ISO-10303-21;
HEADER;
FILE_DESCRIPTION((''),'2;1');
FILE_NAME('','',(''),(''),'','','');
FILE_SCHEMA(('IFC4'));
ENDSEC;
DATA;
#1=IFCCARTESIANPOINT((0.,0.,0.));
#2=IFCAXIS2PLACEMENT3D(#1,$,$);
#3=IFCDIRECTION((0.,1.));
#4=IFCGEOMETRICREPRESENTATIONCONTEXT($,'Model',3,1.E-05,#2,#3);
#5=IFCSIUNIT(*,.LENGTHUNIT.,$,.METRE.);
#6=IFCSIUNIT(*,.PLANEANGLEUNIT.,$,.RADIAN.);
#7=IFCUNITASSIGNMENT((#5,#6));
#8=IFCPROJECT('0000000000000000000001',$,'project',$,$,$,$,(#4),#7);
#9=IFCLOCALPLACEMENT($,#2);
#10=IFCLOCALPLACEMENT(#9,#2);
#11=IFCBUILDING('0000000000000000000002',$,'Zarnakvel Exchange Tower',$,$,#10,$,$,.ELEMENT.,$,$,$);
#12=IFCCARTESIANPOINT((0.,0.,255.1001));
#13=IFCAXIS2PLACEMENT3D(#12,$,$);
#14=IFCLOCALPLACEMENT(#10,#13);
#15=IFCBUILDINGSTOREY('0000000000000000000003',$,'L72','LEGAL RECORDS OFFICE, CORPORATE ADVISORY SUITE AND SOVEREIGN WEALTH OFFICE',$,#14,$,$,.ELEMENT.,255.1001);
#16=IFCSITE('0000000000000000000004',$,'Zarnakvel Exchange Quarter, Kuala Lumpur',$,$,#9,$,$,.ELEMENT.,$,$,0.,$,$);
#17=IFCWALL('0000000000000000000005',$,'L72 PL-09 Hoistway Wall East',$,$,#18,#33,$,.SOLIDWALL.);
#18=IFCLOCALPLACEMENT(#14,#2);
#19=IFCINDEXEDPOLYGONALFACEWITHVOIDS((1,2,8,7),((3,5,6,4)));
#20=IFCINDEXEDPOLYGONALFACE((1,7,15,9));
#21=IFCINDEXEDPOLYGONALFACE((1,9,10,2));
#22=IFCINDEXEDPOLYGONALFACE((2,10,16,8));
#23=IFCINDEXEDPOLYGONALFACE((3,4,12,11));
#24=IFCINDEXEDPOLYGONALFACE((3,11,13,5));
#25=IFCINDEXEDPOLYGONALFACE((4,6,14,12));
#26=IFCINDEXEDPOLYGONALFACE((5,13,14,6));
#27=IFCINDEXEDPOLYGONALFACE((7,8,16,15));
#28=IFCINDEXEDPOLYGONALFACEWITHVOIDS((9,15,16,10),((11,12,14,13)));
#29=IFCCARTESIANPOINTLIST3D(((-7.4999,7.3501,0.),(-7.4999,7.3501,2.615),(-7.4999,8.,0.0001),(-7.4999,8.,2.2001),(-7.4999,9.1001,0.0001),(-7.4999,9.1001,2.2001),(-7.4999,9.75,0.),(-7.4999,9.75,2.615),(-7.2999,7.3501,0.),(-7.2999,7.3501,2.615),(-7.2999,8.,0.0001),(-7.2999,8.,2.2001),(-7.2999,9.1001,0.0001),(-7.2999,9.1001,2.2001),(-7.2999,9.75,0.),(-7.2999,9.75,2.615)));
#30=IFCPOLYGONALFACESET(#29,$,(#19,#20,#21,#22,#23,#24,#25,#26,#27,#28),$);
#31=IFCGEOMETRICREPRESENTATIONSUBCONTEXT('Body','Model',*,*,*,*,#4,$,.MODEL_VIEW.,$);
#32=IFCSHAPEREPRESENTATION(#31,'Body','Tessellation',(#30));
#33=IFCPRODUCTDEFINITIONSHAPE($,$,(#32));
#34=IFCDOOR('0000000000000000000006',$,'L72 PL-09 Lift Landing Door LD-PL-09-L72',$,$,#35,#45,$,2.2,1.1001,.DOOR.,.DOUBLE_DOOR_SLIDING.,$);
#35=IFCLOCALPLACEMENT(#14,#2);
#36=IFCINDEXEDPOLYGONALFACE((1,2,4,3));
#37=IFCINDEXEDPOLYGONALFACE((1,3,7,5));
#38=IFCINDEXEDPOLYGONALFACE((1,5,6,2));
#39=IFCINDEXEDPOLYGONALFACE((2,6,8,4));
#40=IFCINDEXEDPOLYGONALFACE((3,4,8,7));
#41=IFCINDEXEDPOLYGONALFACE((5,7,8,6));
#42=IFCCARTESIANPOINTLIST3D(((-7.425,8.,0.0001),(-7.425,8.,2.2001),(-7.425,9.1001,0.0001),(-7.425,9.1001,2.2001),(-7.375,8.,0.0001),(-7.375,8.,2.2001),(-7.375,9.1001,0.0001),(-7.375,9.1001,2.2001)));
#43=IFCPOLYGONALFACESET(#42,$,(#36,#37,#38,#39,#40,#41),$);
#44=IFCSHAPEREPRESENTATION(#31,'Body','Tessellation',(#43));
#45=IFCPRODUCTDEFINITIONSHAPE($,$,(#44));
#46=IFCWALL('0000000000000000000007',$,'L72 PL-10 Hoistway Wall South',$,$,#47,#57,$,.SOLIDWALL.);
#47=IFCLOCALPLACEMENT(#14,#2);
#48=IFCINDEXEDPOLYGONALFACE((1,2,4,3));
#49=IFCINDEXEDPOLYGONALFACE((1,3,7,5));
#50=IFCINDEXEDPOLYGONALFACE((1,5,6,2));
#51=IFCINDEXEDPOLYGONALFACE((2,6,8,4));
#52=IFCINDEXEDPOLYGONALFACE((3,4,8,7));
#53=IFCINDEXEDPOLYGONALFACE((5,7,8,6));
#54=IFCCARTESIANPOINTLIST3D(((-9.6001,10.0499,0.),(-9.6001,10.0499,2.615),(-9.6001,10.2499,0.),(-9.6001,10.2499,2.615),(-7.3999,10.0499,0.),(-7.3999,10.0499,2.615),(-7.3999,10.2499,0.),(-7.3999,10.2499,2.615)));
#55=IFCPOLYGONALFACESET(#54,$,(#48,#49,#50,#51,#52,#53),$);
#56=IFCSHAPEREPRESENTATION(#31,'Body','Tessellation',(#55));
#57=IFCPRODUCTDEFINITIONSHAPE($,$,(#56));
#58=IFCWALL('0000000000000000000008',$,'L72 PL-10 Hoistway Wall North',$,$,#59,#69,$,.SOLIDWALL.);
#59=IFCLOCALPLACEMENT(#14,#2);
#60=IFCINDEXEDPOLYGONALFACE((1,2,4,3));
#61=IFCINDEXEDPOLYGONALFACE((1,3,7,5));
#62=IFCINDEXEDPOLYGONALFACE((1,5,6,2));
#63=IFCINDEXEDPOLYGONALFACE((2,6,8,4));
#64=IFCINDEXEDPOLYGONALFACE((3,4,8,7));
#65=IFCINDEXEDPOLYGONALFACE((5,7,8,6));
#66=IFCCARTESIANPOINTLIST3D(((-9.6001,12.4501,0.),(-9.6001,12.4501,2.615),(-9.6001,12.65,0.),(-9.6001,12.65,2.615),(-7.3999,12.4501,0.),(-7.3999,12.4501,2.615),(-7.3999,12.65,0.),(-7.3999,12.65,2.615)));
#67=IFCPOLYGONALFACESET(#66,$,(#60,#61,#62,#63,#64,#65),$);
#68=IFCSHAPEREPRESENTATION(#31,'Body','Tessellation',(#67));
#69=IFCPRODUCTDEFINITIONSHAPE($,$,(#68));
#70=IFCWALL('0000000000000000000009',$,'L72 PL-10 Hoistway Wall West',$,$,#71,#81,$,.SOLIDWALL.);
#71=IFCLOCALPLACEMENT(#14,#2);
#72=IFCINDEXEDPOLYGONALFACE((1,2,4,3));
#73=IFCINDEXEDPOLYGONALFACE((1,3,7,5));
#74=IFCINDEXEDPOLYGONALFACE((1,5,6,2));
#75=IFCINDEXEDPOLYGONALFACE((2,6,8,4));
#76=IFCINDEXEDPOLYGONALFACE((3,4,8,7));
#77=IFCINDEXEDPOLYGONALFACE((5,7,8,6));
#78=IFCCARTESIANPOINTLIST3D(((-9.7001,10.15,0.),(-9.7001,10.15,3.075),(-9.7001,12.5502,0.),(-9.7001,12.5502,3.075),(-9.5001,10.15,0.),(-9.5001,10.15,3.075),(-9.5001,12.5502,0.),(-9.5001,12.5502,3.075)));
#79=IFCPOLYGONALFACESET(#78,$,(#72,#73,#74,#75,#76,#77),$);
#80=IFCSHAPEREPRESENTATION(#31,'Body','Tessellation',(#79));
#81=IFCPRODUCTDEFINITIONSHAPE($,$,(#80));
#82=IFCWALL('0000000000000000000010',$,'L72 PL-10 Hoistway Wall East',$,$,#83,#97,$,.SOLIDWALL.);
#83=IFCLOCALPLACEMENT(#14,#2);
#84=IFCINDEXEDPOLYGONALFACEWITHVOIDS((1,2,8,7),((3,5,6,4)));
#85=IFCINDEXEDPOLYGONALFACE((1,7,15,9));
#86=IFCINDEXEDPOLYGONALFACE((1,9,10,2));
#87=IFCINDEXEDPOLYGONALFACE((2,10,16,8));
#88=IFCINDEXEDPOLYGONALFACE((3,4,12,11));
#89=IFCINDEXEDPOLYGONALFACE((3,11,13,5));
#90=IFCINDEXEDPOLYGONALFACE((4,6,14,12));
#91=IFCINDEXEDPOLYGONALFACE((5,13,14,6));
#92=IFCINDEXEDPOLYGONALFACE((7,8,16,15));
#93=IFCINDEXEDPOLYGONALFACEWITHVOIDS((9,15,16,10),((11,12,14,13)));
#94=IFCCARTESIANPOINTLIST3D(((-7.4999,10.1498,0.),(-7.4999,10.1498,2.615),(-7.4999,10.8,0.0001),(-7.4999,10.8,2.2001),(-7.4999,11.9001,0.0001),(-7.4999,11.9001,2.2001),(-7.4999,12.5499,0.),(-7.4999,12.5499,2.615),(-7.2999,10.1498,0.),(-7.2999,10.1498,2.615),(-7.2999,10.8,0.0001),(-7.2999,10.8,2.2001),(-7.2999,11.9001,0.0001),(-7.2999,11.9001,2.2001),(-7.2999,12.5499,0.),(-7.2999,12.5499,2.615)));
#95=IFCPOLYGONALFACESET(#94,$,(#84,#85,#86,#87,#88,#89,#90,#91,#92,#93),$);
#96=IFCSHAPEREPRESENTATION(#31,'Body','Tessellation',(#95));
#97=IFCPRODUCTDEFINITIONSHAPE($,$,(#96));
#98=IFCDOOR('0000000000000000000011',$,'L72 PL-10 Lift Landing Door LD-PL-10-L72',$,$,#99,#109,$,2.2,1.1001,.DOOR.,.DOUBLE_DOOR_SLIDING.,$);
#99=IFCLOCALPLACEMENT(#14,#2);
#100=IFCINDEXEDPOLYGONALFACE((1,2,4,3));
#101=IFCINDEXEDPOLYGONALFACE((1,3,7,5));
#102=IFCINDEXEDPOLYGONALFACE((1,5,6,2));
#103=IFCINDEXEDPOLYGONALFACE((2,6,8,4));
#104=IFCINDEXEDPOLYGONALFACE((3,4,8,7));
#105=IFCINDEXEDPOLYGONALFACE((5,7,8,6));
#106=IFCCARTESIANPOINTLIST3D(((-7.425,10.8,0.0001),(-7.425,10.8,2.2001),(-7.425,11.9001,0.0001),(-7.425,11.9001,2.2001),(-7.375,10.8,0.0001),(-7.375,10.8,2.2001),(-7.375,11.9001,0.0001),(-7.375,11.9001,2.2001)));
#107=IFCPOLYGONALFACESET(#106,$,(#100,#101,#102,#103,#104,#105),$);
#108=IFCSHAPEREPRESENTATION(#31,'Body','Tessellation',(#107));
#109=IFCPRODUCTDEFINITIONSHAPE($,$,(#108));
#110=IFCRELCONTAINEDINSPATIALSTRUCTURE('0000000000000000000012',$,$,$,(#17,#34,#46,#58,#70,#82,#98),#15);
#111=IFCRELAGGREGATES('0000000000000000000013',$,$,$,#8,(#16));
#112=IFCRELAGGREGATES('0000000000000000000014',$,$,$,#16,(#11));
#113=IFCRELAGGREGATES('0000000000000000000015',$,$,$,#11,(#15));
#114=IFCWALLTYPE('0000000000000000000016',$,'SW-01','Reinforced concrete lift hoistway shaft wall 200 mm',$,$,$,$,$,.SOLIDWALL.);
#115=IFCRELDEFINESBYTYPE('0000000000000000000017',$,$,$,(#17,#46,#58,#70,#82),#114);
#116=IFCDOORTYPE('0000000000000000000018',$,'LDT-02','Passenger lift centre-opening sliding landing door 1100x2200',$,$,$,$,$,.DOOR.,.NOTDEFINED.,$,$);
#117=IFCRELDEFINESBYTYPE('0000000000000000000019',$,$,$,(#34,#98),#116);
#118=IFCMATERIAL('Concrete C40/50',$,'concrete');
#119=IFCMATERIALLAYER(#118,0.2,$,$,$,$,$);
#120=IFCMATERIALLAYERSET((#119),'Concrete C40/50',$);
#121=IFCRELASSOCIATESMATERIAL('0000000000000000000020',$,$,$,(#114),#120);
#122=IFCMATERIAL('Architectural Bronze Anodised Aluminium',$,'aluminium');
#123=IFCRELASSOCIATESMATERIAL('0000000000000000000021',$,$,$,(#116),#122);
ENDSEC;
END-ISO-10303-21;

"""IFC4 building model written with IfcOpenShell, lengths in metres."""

from ifc_helpers import new_model, si_unit, direction, frame, frame_2d, origin, place, context, subcontext, project, spatial, rectangle, extrude, source, transform, mapped, material, layer, layer_set, type_object, element, fill, save


model = new_model("IFC4")

# Units and contexts
model_context = context("Model", 3, precision=1e-05, world=origin(), true_north=direction((0.0, 1.0)))
body_context = subcontext(model_context, "Body", "Model", "MODEL_VIEW")
ifc_project = project(units=[si_unit("LENGTHUNIT", "METRE"), si_unit("PLANEANGLEUNIT", "RADIAN")], contexts=[model_context])

# Site, building, storey
site_placement = place(None, origin())
site = spatial("IfcSite", under=ifc_project, at=site_placement, Name="Zarnakvel Exchange Quarter, Kuala Lumpur", CompositionType="ELEMENT", RefElevation=0.0)
building_placement = place(site_placement, origin())
building = spatial("IfcBuilding", under=site, at=building_placement, Name="Zarnakvel Exchange Tower", CompositionType="ELEMENT")
storey_placement = place(building_placement, frame((0.0, 0.0, 255.1001)))
storey = spatial("IfcBuildingStorey", under=building, at=storey_placement, Name="L72", Description="LEGAL RECORDS OFFICE, CORPORATE ADVISORY SUITE AND SOVEREIGN WEALTH OFFICE", CompositionType="ELEMENT", Elevation=255.1001)

# Shared definitions
ifc_material_1 = material(Name="Architectural Bronze Anodised Aluminium", Category="aluminium")

# Shared definitions
ifc_material_2 = material(Name="Concrete C40/50", Category="concrete")
ifc_layer_1 = layer(ifc_material_2, 0.2)
ifc_layer_set_1 = layer_set([ifc_layer_1], Name="Concrete C40/50")
wall_type_1 = type_object("IfcWallType", Name="SW-01", Description="Reinforced concrete lift hoistway shaft wall 200 mm", PredefinedType="SOLIDWALL", material=ifc_layer_set_1)

# Wall, opening, door
wall_1_placement = place(storey_placement, frame((-7.3999, 9.75, 0.0), z_axis=(0.0, 0.0, 1.0), x_axis=(0.0, -1.0, 0.0)))
wall_1 = element("IfcWall", 1, at=wall_1_placement, inside=storey, type_object=wall_type_1, Name="L72 PL-09 Hoistway Wall East", PredefinedType="SOLIDWALL", context=body_context, shape_type="SweptSolid", body=[
    extrude(rectangle(XDim=2.3999, YDim=0.2, at=frame_2d((1.2, 0.0))), origin(), (0.0, 0.0, 1.0), 2.615),
])
opening_1_placement = place(wall_1_placement, frame((0.6499, 0.0, 0.0)))
opening_1 = element("IfcOpeningElement", 2, at=opening_1_placement, cuts=wall_1, PredefinedType="OPENING", context=body_context, shape_type="SweptSolid", body=[
    extrude(rectangle(XDim=1.1001, YDim=2.2, at=frame_2d((0.55, 1.1001))), frame((0.0, 0.1099, 0.0), z_axis=(0.0, -1.0, 0.0), x_axis=(1.0, 0.0, 0.0)), (0.0, 0.0, 1.0), 0.22),
])
door_type = type_object("IfcDoorType", Name="LDT-02", Description="Passenger lift centre-opening sliding landing door 1100x2200", OperationType="NOTDEFINED", PredefinedType="DOOR", material=ifc_material_1)
shared_shape_1 = source(origin(), body_context, "Body", "SweptSolid", [
    extrude(rectangle(XDim=1.1001, YDim=2.2, at=frame_2d((0.55, 1.1001))), frame((0.0, 0.0249, 0.0), z_axis=(0.0, -1.0, 0.0), x_axis=(1.0, 0.0, 0.0)), (0.0, 0.0, 1.0), 0.05),
])
door_1_placement = place(opening_1_placement, origin())
door_1 = element("IfcDoor", 3, at=door_1_placement, inside=storey, type_object=door_type, Name="L72 PL-09 Lift Landing Door LD-PL-09-L72", OperationType="DOUBLE_DOOR_SLIDING", OverallHeight=2.2, OverallWidth=1.1001, PredefinedType="DOOR", context=body_context, shape_type="MappedRepresentation", body=[
    mapped(shared_shape_1, transform((0.0, 0.0, 0.0), x_axis=(1.0, 0.0, 0.0), y_axis=(0.0, 1.0, 0.0), z_axis=(0.0, 0.0, 1.0), scale=1.0)),
])
fill(opening_1, door_1)

# Walls
for number, where, z_axis, x_axis, name in (
    (4, (-7.3999, 10.1499, 0.0), (0.0, 0.0, 1.0), (-1.0, 0.0, 0.0), "L72 PL-10 Hoistway Wall South"),
    (5, (-9.6001, 12.55, 0.0), (0.0, 0.0, 1.0), (1.0, 0.0, 0.0), "L72 PL-10 Hoistway Wall North"),
):
    element("IfcWall", number, at=place(storey_placement, frame(where, z_axis=z_axis, x_axis=x_axis)), inside=storey, type_object=wall_type_1, Name=name, PredefinedType="SOLIDWALL", context=body_context, shape_type="SweptSolid", body=[
        extrude(rectangle(XDim=2.2002, YDim=0.2, at=frame_2d((1.1001, 0.0))), origin(), (0.0, 0.0, 1.0), 2.615),
    ])
wall_2_placement = place(storey_placement, frame((-9.6001, 10.1499, 0.0), z_axis=(0.0, 0.0, 1.0), x_axis=(0.0, 1.0, 0.0)))
element("IfcWall", 6, at=wall_2_placement, inside=storey, type_object=wall_type_1, Name="L72 PL-10 Hoistway Wall West", PredefinedType="SOLIDWALL", context=body_context, shape_type="SweptSolid", body=[
    extrude(rectangle(XDim=2.4001, YDim=0.2, at=frame_2d((1.2002, 0.0))), origin(), (0.0, 0.0, 1.0), 3.075),
])

# Wall, opening, door
wall_3_placement = place(storey_placement, frame((-7.3999, 12.55, 0.0), z_axis=(0.0, 0.0, 1.0), x_axis=(0.0, -1.0, 0.0)))
wall_3 = element("IfcWall", 7, at=wall_3_placement, inside=storey, type_object=wall_type_1, Name="L72 PL-10 Hoistway Wall East", PredefinedType="SOLIDWALL", context=body_context, shape_type="SweptSolid", body=[
    extrude(rectangle(XDim=2.4001, YDim=0.2, at=frame_2d((1.2002, 0.0))), origin(), (0.0, 0.0, 1.0), 2.615),
])
opening_2_placement = place(wall_3_placement, frame((0.6499, 0.0, 0.0)))
opening_2 = element("IfcOpeningElement", 8, at=opening_2_placement, cuts=wall_3, PredefinedType="OPENING", context=body_context, shape_type="SweptSolid", body=[
    extrude(rectangle(XDim=1.1001, YDim=2.2, at=frame_2d((0.55, 1.1001))), frame((0.0, 0.1099, 0.0), z_axis=(0.0, -1.0, 0.0), x_axis=(1.0, 0.0, 0.0)), (0.0, 0.0, 1.0), 0.22),
])
door_2_placement = place(opening_2_placement, origin())
door_2 = element("IfcDoor", 9, at=door_2_placement, inside=storey, type_object=door_type, Name="L72 PL-10 Lift Landing Door LD-PL-10-L72", OperationType="DOUBLE_DOOR_SLIDING", OverallHeight=2.2, OverallWidth=1.1001, PredefinedType="DOOR", context=body_context, shape_type="MappedRepresentation", body=[
    mapped(shared_shape_1, transform((0.0, 0.0, 0.0), x_axis=(1.0, 0.0, 0.0), y_axis=(0.0, 1.0, 0.0), z_axis=(0.0, 0.0, 1.0), scale=1.0)),
])
fill(opening_2, door_2)

save(model, "model.ifc")
